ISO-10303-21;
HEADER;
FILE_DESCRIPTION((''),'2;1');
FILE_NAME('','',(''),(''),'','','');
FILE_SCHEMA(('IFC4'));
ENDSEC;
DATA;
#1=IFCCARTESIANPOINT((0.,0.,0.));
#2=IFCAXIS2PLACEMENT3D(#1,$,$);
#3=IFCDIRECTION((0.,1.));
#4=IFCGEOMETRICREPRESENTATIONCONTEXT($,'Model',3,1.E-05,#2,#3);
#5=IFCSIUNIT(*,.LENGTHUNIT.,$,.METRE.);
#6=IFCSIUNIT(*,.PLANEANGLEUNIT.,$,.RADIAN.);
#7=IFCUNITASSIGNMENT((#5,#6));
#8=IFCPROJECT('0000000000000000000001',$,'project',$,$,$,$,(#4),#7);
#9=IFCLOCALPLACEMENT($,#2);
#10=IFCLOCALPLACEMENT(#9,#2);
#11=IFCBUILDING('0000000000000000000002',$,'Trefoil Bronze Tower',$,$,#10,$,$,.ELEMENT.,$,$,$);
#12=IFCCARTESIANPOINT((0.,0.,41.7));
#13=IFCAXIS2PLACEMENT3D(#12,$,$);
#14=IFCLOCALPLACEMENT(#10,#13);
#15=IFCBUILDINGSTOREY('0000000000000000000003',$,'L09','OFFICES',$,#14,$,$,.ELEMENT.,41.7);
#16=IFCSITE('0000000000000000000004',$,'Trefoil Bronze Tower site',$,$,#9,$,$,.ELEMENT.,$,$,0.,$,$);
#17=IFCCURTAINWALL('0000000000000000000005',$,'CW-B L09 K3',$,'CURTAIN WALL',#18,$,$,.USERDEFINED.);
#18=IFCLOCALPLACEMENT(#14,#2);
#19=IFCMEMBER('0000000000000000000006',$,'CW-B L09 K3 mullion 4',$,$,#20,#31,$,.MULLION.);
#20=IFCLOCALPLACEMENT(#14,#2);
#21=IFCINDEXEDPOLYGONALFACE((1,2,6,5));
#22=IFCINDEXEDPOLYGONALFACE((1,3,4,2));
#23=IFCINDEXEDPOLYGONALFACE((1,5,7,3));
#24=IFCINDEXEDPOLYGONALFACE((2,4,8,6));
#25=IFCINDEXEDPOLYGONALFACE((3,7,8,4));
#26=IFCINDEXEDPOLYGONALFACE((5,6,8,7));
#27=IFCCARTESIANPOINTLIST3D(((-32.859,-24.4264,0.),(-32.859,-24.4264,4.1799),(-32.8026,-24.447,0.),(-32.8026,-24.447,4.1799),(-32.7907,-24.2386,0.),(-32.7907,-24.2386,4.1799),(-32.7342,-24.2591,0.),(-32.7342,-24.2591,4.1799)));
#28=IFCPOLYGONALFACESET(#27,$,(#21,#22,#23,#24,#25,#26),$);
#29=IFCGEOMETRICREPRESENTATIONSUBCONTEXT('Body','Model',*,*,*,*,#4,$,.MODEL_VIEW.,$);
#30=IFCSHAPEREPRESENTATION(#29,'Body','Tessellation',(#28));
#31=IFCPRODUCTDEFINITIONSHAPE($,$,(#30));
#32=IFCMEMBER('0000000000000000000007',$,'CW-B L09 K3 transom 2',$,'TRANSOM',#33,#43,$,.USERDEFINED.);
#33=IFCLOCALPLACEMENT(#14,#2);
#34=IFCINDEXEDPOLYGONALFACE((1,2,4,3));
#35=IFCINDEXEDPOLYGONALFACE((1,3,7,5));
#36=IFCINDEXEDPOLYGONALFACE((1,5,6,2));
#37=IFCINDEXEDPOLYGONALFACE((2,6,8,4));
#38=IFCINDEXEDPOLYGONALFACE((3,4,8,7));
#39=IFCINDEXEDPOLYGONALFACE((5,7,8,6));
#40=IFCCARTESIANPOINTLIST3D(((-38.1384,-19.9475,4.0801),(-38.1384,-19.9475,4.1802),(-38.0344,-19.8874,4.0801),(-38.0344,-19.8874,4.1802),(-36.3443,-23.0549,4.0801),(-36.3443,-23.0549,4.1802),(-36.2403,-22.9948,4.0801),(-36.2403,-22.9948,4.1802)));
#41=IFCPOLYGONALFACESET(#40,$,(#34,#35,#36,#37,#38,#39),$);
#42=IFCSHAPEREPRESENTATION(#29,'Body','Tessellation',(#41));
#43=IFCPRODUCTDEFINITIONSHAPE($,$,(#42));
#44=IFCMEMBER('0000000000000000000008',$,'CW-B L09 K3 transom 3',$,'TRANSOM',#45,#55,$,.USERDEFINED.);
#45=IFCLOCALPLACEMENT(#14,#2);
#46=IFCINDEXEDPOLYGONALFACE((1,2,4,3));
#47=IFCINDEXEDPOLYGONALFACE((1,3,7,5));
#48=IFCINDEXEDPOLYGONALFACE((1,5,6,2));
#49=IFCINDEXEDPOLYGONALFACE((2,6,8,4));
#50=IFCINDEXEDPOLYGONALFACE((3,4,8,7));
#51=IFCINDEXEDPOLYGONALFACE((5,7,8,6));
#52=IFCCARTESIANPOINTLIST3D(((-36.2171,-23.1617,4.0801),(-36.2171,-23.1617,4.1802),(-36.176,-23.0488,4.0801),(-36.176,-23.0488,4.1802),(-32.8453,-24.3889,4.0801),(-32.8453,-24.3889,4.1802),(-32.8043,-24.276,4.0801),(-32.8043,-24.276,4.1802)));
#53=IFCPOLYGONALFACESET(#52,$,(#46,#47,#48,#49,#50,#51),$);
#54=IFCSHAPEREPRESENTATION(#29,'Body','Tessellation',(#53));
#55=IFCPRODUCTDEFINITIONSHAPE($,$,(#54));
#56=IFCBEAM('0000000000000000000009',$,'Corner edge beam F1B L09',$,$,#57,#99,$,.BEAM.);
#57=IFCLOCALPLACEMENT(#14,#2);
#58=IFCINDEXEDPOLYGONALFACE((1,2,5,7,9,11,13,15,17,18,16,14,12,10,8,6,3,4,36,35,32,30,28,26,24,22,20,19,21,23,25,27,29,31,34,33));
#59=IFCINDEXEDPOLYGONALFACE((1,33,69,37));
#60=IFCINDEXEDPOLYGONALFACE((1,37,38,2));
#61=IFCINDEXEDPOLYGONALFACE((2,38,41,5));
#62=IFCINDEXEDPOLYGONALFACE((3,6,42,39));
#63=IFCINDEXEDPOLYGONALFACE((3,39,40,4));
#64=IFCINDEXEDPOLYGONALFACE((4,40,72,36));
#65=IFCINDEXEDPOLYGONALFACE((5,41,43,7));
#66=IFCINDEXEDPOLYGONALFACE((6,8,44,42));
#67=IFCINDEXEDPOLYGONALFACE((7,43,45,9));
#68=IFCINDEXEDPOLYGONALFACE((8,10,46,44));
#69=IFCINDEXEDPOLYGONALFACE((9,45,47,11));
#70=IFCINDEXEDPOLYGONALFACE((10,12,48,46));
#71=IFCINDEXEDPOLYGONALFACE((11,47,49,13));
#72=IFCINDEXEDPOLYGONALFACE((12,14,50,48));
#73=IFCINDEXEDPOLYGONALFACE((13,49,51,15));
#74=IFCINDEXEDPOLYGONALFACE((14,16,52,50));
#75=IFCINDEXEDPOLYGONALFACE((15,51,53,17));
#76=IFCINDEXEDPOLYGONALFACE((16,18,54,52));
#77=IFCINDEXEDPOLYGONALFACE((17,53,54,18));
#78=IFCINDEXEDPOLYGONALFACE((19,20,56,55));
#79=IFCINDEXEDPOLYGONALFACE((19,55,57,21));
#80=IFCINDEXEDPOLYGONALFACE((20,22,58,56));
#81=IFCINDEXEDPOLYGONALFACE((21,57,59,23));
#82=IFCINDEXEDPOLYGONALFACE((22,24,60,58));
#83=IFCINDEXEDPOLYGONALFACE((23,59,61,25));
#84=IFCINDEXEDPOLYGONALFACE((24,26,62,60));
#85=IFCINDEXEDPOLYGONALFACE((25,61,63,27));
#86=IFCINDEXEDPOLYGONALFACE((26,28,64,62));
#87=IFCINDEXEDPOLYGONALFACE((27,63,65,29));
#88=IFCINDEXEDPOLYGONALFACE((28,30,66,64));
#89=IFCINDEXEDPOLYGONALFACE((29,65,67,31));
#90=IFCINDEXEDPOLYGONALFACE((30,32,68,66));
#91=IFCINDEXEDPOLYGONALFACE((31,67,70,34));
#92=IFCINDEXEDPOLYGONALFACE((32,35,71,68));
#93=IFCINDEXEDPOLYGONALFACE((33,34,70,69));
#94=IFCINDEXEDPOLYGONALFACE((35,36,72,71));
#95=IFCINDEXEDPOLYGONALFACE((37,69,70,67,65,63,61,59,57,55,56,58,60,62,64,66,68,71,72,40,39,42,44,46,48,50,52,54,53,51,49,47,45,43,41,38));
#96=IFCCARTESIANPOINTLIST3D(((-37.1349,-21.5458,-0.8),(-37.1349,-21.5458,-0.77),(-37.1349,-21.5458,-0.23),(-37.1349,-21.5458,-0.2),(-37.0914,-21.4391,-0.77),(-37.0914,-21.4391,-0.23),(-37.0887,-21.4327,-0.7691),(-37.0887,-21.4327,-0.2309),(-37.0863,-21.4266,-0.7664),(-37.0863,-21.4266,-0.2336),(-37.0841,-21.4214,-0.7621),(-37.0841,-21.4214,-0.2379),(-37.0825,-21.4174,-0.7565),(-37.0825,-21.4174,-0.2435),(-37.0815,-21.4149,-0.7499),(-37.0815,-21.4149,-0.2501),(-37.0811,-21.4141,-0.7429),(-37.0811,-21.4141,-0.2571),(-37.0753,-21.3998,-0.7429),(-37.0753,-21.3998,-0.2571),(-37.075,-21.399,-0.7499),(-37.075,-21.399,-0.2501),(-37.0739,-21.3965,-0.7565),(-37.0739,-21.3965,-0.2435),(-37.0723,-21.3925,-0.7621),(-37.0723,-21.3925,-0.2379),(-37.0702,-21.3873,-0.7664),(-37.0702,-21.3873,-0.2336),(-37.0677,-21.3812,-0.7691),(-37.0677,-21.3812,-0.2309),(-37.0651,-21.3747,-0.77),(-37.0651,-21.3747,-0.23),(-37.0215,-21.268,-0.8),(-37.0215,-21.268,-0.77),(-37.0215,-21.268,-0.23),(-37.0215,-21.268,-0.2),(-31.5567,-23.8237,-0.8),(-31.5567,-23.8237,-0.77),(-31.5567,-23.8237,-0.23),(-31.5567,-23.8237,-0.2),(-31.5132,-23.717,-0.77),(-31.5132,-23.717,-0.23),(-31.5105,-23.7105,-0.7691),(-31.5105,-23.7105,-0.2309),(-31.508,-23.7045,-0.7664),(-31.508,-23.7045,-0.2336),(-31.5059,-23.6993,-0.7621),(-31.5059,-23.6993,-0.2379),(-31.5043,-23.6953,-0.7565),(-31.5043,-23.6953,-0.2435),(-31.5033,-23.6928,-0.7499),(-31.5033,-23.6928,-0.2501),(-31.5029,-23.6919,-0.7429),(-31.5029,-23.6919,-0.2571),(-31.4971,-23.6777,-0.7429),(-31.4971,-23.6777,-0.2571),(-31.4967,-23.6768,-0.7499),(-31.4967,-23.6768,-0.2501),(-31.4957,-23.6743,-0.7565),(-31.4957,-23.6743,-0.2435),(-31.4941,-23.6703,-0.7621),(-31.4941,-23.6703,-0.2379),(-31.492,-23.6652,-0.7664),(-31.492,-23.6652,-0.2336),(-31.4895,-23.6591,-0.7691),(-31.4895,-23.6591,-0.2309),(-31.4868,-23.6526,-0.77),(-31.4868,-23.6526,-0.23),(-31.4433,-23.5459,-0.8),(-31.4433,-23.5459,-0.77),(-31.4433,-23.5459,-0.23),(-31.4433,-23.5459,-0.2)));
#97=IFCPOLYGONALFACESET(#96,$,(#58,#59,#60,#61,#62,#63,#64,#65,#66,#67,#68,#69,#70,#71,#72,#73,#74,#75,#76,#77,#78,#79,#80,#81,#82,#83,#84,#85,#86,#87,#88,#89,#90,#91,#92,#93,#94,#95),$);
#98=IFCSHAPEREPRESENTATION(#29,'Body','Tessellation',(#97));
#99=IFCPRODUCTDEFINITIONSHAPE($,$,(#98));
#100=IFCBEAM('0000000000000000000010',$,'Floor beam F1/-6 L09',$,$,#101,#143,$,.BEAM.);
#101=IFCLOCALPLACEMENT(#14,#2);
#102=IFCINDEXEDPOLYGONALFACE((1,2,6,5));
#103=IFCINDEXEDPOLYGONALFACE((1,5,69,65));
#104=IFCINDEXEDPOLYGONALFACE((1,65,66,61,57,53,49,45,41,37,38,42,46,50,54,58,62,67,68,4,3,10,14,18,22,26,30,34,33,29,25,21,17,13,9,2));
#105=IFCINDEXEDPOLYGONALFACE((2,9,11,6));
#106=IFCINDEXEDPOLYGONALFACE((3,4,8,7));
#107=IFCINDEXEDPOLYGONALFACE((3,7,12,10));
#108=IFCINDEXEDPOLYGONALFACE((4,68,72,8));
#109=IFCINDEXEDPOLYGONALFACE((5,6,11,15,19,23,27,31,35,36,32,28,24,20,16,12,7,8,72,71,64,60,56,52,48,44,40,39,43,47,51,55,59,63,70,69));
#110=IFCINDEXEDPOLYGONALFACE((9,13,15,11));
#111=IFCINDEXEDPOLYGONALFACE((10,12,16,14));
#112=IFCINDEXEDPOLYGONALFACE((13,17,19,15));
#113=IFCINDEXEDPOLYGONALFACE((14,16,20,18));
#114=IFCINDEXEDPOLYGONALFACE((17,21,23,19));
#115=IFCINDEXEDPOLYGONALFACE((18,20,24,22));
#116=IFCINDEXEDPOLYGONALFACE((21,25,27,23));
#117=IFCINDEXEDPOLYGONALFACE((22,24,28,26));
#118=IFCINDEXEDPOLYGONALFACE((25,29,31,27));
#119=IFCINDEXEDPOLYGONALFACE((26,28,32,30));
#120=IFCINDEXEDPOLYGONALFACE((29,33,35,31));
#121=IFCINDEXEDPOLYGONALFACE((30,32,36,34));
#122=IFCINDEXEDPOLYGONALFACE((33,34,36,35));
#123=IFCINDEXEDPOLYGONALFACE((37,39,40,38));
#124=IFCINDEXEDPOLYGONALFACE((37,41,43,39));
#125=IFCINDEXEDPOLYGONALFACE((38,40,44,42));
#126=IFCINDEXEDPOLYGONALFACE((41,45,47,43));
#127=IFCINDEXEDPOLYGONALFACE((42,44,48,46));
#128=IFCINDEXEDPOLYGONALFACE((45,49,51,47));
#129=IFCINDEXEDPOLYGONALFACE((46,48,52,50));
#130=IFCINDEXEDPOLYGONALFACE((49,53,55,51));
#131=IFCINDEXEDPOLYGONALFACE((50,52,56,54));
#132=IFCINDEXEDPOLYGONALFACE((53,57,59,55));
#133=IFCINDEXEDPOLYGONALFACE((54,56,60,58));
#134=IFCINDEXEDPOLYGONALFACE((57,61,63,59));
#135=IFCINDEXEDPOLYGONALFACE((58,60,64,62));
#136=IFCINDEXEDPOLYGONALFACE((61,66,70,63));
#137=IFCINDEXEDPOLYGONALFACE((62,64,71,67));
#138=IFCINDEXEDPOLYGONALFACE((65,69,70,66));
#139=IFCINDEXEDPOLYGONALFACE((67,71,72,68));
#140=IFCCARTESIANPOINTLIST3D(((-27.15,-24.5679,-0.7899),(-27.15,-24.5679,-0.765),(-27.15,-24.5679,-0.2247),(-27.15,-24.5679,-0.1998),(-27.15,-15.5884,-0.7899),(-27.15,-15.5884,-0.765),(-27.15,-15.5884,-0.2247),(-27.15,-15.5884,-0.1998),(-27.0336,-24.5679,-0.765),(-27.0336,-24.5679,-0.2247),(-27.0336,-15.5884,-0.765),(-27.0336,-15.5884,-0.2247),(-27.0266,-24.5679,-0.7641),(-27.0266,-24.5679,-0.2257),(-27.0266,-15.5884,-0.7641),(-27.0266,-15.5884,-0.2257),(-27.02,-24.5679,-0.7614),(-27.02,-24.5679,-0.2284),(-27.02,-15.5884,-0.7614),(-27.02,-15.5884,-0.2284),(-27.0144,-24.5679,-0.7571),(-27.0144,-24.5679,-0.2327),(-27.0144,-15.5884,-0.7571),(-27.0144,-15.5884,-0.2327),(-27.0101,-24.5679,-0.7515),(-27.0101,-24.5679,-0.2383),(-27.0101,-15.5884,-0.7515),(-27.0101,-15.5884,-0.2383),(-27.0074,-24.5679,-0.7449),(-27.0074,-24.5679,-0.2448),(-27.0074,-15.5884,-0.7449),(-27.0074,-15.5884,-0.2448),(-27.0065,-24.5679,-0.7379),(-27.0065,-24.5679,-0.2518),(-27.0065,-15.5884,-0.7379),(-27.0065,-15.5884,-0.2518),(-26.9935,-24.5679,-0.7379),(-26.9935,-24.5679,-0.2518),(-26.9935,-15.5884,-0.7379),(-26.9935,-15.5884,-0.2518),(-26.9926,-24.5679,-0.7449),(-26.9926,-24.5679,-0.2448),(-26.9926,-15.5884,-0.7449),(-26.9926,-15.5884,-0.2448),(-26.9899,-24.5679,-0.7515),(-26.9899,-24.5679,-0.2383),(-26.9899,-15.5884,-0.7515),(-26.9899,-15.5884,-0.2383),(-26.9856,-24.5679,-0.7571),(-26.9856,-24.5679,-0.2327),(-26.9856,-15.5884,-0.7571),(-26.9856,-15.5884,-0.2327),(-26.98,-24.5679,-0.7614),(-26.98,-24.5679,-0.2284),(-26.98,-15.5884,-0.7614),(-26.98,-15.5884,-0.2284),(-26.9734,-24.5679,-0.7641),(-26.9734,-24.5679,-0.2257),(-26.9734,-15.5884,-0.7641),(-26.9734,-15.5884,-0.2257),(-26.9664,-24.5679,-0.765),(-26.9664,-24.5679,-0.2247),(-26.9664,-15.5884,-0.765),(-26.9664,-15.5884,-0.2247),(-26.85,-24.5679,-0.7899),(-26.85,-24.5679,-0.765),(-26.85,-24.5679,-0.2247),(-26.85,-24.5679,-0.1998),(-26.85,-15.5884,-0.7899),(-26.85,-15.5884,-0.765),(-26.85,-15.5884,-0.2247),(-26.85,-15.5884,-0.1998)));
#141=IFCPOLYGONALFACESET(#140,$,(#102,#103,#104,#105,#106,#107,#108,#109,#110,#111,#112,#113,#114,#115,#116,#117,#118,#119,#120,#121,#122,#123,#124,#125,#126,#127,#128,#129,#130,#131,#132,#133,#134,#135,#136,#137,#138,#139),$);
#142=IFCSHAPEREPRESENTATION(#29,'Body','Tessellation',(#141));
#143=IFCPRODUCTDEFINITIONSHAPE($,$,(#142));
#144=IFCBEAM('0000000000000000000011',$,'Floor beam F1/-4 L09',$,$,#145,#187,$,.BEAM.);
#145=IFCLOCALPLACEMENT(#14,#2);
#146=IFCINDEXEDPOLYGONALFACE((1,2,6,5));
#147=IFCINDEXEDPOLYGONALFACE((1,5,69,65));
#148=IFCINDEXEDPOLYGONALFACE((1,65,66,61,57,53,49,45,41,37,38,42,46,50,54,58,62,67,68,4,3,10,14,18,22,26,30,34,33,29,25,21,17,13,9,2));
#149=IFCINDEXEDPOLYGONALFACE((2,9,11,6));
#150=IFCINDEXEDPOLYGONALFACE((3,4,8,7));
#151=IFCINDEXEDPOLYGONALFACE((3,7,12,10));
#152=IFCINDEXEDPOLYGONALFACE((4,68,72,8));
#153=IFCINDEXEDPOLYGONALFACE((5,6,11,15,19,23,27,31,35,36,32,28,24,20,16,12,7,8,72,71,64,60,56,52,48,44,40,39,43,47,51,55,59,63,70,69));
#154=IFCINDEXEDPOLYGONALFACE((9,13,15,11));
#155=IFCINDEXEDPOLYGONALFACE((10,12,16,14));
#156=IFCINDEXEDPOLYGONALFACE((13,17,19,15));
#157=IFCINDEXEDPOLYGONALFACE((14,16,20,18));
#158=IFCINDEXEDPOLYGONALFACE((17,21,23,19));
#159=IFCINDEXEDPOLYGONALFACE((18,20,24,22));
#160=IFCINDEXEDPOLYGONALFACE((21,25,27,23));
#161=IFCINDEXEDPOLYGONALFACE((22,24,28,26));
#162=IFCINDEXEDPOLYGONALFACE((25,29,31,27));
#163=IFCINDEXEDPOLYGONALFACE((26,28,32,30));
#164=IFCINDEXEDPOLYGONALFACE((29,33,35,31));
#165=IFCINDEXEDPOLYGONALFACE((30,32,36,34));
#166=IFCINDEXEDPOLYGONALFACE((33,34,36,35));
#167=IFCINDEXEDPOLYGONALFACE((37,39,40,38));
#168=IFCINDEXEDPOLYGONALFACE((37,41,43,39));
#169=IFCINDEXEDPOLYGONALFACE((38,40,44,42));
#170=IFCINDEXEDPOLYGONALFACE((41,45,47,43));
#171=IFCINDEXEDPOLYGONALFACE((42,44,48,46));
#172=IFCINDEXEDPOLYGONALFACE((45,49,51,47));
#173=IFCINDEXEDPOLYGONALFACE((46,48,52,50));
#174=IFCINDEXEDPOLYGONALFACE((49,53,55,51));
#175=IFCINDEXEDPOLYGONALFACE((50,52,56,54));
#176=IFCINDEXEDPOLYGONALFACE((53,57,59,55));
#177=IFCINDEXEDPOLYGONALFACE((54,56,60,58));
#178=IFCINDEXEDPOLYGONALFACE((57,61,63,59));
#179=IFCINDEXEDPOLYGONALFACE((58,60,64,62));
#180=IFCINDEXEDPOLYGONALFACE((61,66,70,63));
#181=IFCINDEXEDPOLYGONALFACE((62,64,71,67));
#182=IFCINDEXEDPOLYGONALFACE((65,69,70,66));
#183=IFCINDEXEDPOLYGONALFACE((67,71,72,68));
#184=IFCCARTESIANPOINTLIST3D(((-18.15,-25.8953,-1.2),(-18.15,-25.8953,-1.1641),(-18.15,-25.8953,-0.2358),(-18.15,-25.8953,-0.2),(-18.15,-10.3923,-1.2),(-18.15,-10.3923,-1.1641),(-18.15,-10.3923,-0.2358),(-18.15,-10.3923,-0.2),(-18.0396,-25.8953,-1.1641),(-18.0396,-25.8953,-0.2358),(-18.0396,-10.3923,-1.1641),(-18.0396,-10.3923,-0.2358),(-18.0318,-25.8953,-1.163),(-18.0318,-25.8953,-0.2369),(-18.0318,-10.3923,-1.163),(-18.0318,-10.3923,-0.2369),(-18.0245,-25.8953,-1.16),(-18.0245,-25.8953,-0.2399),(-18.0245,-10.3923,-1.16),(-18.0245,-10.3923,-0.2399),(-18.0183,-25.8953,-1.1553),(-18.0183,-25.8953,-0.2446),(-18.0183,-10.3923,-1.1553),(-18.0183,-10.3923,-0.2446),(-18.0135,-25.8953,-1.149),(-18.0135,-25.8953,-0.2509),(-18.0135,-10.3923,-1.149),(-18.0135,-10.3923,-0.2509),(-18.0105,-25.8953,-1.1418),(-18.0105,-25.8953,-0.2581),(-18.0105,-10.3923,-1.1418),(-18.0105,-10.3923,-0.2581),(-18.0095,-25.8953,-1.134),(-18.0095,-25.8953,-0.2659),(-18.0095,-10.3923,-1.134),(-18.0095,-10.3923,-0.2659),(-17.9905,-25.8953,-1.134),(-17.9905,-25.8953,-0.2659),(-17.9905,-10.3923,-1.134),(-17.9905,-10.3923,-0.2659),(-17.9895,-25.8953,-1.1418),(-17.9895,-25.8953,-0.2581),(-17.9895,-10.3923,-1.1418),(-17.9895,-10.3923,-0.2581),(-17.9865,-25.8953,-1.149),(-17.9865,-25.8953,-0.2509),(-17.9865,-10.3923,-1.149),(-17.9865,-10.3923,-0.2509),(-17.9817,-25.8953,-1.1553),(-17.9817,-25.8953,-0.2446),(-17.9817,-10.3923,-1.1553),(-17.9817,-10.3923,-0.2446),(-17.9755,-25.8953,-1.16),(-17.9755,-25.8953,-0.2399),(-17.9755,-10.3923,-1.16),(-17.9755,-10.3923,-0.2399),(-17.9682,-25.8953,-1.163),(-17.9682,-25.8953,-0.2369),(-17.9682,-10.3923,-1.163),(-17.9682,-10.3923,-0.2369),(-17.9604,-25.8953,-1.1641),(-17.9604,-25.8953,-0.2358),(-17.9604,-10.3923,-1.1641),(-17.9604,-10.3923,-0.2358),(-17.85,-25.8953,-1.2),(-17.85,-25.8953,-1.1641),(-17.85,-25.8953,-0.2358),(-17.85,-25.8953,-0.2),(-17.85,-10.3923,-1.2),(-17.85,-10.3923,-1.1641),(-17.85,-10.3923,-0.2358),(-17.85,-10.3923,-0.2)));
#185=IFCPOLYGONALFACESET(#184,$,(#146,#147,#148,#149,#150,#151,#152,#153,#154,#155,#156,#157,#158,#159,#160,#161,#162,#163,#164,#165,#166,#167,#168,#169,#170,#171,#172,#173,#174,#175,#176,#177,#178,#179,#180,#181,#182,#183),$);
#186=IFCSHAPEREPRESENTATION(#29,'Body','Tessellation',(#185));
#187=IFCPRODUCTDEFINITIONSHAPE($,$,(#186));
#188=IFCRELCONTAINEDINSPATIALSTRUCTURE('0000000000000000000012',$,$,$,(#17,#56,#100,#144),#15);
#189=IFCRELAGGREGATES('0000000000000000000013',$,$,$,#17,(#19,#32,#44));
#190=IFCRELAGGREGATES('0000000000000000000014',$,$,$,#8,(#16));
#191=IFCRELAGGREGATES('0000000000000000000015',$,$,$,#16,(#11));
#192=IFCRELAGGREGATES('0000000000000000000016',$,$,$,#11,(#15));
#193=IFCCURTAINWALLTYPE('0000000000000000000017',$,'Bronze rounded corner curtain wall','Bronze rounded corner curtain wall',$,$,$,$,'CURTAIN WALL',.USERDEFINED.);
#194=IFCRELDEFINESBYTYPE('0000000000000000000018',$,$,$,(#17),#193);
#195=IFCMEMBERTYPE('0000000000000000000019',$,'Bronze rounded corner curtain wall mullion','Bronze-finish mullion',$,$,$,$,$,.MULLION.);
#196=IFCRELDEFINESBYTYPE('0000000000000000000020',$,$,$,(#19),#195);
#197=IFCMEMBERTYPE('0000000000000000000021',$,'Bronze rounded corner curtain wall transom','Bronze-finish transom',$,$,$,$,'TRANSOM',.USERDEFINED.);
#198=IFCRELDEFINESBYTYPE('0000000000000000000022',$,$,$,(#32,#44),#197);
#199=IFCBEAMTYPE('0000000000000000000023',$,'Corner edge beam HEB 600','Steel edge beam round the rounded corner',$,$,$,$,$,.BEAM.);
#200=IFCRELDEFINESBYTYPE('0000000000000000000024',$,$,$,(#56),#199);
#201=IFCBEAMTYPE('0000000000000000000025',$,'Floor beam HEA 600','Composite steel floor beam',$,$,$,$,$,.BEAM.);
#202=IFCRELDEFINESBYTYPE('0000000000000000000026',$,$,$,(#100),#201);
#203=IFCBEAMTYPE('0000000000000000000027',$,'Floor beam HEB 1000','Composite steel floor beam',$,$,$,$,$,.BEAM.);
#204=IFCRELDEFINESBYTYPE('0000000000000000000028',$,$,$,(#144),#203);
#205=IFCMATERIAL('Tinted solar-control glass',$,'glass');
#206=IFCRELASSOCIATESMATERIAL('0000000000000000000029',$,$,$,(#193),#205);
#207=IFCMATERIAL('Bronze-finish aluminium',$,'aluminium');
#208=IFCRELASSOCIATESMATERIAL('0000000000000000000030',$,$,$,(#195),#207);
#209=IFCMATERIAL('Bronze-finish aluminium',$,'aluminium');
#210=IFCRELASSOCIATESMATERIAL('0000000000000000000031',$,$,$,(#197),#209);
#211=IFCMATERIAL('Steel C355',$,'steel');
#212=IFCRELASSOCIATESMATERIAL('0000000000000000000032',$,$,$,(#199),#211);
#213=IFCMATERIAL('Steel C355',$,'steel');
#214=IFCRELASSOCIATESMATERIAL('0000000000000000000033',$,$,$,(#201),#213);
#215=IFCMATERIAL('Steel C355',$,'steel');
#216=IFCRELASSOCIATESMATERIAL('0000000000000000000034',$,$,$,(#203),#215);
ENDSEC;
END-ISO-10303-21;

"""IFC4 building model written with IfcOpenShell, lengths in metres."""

from ifc_helpers import new_model, si_unit, direction, frame, origin, origin_2d, place, context, subcontext, project, spatial, rectangle, i_section, extrude, material, material_profile, profile_set, type_object, element, aggregate, save


model = new_model("IFC4")

# Units and contexts
model_context = context("Model", 3, precision=1e-05, world=origin(), true_north=direction((0.0, 1.0)))
body_context = subcontext(model_context, "Body", "Model", "MODEL_VIEW")
ifc_project = project(units=[si_unit("LENGTHUNIT", "METRE"), si_unit("PLANEANGLEUNIT", "RADIAN")], contexts=[model_context])

# Site, building, storey
site_placement = place(None, origin())
site = spatial("IfcSite", under=ifc_project, at=site_placement, Name="Trefoil Bronze Tower site", CompositionType="ELEMENT", RefElevation=0.0)
building_placement = place(site_placement, origin())
building = spatial("IfcBuilding", under=site, at=building_placement, Name="Trefoil Bronze Tower", CompositionType="ELEMENT")
storey_placement = place(building_placement, frame((0.0, 0.0, 41.7)))
storey = spatial("IfcBuildingStorey", under=building, at=storey_placement, Name="L09", Description="OFFICES", CompositionType="ELEMENT", Elevation=41.7)

# Curtain wall, members
ifc_material_1 = material(Name="Tinted solar-control glass", Category="glass")
curtain_wall_type_1 = type_object("IfcCurtainWallType", Name="Bronze rounded corner curtain wall", Description="Bronze rounded corner curtain wall", ElementType="CURTAIN WALL", PredefinedType="USERDEFINED", material=ifc_material_1)
curtain_wall_1_placement = place(storey_placement, origin())
curtain_wall_1 = element("IfcCurtainWall", 1, at=curtain_wall_1_placement, inside=storey, type_object=curtain_wall_type_1, Name="CW-B L09 K3", ObjectType="CURTAIN WALL", PredefinedType="USERDEFINED")
ifc_material_2 = material(Name="Bronze-finish aluminium", Category="aluminium")
ifc_material_profile_1 = material_profile(ifc_material_2, rectangle(XDim=0.2, YDim=0.0601, at=origin_2d()), Name="CW-B mullion")
ifc_profile_set_1 = profile_set([ifc_material_profile_1], Name="Bronze-finish aluminium")
member_type_1 = type_object("IfcMemberType", Name="Bronze rounded corner curtain wall mullion", Description="Bronze-finish mullion", PredefinedType="MULLION", material=ifc_profile_set_1)
member_1_placement = place(storey_placement, frame((-32.7966, -24.3428, 0.0), z_axis=(0.0, 0.0, 1.0), x_axis=(0.34202, 0.939693, 0.0)))
member_1 = element("IfcMember", 2, at=member_1_placement, type_object=member_type_1, Name="CW-B L09 K3 mullion 4", PredefinedType="MULLION", context=body_context, shape_type="SweptSolid", body=[
    extrude(rectangle(XDim=0.2, YDim=0.0601, at=origin_2d()), origin(), (0.0, 0.0, 1.0), 4.1799),
])
ifc_material_3 = material(Name="Bronze-finish aluminium", Category="aluminium")
ifc_material_profile_2 = material_profile(ifc_material_3, rectangle(XDim=0.1201, YDim=0.1001, at=origin_2d()), Name="CW-B transom")
ifc_profile_set_2 = profile_set([ifc_material_profile_2], Name="Bronze-finish aluminium")
member_type_2 = type_object("IfcMemberType", Name="Bronze rounded corner curtain wall transom", Description="Bronze-finish transom", ElementType="TRANSOM", PredefinedType="USERDEFINED", material=ifc_profile_set_2)
member_2_placement = place(storey_placement, frame((-38.0864, -19.9175, 4.1301), z_axis=(0.500025, -0.866011, 0.0), x_axis=(0.866011, 0.500025, 0.0)))
member_2 = element("IfcMember", 3, at=member_2_placement, type_object=member_type_2, Name="CW-B L09 K3 transom 2", ObjectType="TRANSOM", PredefinedType="USERDEFINED", context=body_context, shape_type="SweptSolid", body=[
    extrude(rectangle(XDim=0.1201, YDim=0.1001, at=origin_2d()), origin(), (0.0, 0.0, 1.0), 3.5881),
])
member_3_placement = place(storey_placement, frame((-36.1965, -23.1052, 4.1301), z_axis=(0.939688, -0.342033, 0.0), x_axis=(0.342033, 0.939688, 0.0)))
member_3 = element("IfcMember", 4, at=member_3_placement, type_object=member_type_2, Name="CW-B L09 K3 transom 3", ObjectType="TRANSOM", PredefinedType="USERDEFINED", context=body_context, shape_type="SweptSolid", body=[
    extrude(rectangle(XDim=0.1201, YDim=0.1001, at=origin_2d()), origin(), (0.0, 0.0, 1.0), 3.5881),
])

# Beams
ifc_material_4 = material(Name="Steel C355", Category="steel")
ifc_material_profile_3 = material_profile(ifc_material_4, i_section(OverallWidth=0.3, OverallDepth=0.6001, WebThickness=0.0154, FlangeThickness=0.03, FilletRadius=0.0271, at=origin_2d()), Name="HEB 600")
ifc_profile_set_3 = profile_set([ifc_material_profile_3], Name="Steel C355")
beam_type_1 = type_object("IfcBeamType", Name="Corner edge beam HEB 600", Description="Steel edge beam round the rounded corner", PredefinedType="BEAM", material=ifc_profile_set_3)
beam_1_placement = place(storey_placement, frame((-31.5, -23.6848, -0.5), z_axis=(-0.925787, 0.378046, 0.0), x_axis=(-0.378046, -0.925787, 0.0)))
element("IfcBeam", 5, at=beam_1_placement, inside=storey, type_object=beam_type_1, Name="Corner edge beam F1B L09", PredefinedType="BEAM", context=body_context, shape_type="SweptSolid", body=[
    extrude(i_section(OverallWidth=0.3, OverallDepth=0.6001, WebThickness=0.0154, FlangeThickness=0.03, FilletRadius=0.0271, at=origin_2d()), origin(), (0.0, 0.0, 1.0), 6.0254),
])
ifc_material_5 = material(Name="Steel C355", Category="steel")
ifc_material_profile_4 = material_profile(ifc_material_5, i_section(OverallWidth=0.3, OverallDepth=0.5901, WebThickness=0.0129, FlangeThickness=0.0249, FilletRadius=0.0271, at=origin_2d()), Name="HEA 600")
ifc_profile_set_4 = profile_set([ifc_material_profile_4], Name="Steel C355")
beam_type_2 = type_object("IfcBeamType", Name="Floor beam HEA 600", Description="Composite steel floor beam", PredefinedType="BEAM", material=ifc_profile_set_4)
beam_2_placement = place(storey_placement, frame((-27.0, -24.5679, -0.4949), z_axis=(0.0, 1.0, 0.0), x_axis=(-1.0, 0.0, 0.0)))
element("IfcBeam", 6, at=beam_2_placement, inside=storey, type_object=beam_type_2, Name="Floor beam F1/-6 L09", PredefinedType="BEAM", context=body_context, shape_type="SweptSolid", body=[
    extrude(i_section(OverallWidth=0.3, OverallDepth=0.5901, WebThickness=0.0129, FlangeThickness=0.0249, FilletRadius=0.0271, at=origin_2d()), origin(), (0.0, 0.0, 1.0), 8.9795),
])
ifc_material_6 = material(Name="Steel C355", Category="steel")
ifc_material_profile_5 = material_profile(ifc_material_6, i_section(OverallWidth=0.3, OverallDepth=1.0, WebThickness=0.019, FlangeThickness=0.0359, FilletRadius=0.03, at=origin_2d()), Name="HEB 1000")
ifc_profile_set_5 = profile_set([ifc_material_profile_5], Name="Steel C355")
beam_type_3 = type_object("IfcBeamType", Name="Floor beam HEB 1000", Description="Composite steel floor beam", PredefinedType="BEAM", material=ifc_profile_set_5)
beam_3_placement = place(storey_placement, frame((-18.0, -25.8953, -0.7), z_axis=(0.0, 1.0, 0.0), x_axis=(-1.0, 0.0, 0.0)))
element("IfcBeam", 7, at=beam_3_placement, inside=storey, type_object=beam_type_3, Name="Floor beam F1/-4 L09", PredefinedType="BEAM", context=body_context, shape_type="SweptSolid", body=[
    extrude(i_section(OverallWidth=0.3, OverallDepth=1.0, WebThickness=0.019, FlangeThickness=0.0359, FilletRadius=0.03, at=origin_2d()), origin(), (0.0, 0.0, 1.0), 15.5029),
])

aggregate(curtain_wall_1, [member_1, member_2, member_3])

save(model, "model.ifc")
